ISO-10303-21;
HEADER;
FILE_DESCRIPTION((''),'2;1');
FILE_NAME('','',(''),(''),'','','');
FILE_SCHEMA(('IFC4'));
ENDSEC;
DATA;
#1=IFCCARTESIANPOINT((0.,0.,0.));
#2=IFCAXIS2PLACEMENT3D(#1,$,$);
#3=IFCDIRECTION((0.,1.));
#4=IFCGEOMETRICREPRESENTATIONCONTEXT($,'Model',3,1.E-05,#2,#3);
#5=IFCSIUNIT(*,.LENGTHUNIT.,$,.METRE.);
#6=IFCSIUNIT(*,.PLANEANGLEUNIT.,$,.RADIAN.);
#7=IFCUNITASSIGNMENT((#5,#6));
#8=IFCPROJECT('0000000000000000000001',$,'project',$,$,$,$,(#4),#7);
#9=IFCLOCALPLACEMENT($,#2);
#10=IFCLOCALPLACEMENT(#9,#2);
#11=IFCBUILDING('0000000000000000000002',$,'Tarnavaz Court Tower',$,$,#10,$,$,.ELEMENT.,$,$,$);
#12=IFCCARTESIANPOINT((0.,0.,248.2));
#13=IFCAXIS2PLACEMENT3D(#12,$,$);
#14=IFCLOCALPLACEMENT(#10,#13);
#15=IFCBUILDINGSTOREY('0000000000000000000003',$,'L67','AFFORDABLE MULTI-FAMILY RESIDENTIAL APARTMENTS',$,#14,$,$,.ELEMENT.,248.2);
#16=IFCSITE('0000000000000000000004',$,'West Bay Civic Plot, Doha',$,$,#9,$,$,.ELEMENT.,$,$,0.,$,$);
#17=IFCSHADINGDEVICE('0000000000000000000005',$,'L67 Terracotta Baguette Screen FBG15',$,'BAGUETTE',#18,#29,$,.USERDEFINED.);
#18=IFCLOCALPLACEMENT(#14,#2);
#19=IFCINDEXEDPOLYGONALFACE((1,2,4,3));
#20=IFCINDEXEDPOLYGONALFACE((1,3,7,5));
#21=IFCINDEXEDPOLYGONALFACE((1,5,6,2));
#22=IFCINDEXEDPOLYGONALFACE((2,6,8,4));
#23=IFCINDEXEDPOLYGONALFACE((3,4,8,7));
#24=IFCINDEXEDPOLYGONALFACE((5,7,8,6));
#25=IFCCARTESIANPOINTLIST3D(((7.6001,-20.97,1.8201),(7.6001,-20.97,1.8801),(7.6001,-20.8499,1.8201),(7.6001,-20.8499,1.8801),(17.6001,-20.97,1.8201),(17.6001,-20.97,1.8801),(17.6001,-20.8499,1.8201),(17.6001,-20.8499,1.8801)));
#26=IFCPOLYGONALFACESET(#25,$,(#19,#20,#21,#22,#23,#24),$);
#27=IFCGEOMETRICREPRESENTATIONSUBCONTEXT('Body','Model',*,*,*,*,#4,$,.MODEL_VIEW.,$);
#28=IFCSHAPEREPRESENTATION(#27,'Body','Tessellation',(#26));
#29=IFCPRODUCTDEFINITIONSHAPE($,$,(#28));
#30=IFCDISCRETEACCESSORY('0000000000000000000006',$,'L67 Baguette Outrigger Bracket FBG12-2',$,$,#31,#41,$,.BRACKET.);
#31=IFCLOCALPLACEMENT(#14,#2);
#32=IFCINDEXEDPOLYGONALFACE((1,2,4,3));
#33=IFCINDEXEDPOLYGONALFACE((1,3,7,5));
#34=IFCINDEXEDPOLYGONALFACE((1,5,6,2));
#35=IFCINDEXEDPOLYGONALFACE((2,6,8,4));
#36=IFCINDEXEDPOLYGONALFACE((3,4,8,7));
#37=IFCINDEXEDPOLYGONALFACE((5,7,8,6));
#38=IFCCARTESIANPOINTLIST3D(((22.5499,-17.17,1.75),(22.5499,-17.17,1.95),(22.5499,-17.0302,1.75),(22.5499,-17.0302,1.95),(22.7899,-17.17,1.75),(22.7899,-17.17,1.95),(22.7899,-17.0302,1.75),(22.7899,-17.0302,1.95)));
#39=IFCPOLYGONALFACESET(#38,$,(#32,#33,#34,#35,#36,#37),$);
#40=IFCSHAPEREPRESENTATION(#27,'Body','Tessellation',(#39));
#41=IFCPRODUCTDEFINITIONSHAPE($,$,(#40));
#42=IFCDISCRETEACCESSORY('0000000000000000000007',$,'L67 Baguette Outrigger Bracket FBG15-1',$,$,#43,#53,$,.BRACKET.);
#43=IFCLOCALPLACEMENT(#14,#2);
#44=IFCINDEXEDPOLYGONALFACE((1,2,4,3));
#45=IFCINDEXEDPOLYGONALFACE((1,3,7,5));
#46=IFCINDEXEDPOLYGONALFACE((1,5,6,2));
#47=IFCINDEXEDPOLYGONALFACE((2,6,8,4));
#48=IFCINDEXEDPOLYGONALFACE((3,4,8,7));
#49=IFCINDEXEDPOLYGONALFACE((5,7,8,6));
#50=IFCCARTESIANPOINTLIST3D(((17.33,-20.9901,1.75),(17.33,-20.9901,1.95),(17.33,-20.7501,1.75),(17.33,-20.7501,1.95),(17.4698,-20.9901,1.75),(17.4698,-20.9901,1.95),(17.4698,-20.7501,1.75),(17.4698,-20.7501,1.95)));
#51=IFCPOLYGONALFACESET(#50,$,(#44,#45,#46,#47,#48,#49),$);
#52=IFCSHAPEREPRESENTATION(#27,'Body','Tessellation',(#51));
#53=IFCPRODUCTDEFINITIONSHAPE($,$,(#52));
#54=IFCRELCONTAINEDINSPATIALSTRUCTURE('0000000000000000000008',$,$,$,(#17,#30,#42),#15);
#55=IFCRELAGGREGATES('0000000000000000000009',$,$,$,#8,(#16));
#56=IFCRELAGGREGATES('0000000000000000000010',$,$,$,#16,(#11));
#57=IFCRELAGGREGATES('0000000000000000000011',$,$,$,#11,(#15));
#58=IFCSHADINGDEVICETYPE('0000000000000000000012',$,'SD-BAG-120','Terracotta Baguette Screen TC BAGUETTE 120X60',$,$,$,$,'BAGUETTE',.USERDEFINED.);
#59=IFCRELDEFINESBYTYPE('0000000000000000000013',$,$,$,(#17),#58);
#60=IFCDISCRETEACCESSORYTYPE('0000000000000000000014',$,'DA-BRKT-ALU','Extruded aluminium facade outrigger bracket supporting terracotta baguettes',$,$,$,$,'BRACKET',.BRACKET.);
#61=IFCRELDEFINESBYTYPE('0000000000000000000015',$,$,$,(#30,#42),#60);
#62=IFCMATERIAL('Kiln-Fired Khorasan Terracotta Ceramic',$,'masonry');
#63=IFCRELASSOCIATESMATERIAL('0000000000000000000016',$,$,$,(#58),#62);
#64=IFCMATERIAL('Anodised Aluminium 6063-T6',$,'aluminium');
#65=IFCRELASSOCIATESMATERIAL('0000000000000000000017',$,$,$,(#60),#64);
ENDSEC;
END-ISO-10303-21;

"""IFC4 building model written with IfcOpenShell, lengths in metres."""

from ifc_helpers import new_model, si_unit, direction, frame, origin, origin_2d, place, context, subcontext, project, spatial, rectangle, extrude, material, material_profile, profile_set, type_object, element, save


model = new_model("IFC4")

# Units and contexts
model_context = context("Model", 3, precision=1e-05, world=origin(), true_north=direction((0.0, 1.0)))
body_context = subcontext(model_context, "Body", "Model", "MODEL_VIEW")
ifc_project = project(units=[si_unit("LENGTHUNIT", "METRE"), si_unit("PLANEANGLEUNIT", "RADIAN")], contexts=[model_context])

# Site, building, storey
site_placement = place(None, origin())
site = spatial("IfcSite", under=ifc_project, at=site_placement, Name="West Bay Civic Plot, Doha", CompositionType="ELEMENT", RefElevation=0.0)
building_placement = place(site_placement, origin())
building = spatial("IfcBuilding", under=site, at=building_placement, Name="Tarnavaz Court Tower", CompositionType="ELEMENT")
storey_placement = place(building_placement, frame((0.0, 0.0, 248.2)))
storey = spatial("IfcBuildingStorey", under=building, at=storey_placement, Name="L67", Description="AFFORDABLE MULTI-FAMILY RESIDENTIAL APARTMENTS", CompositionType="ELEMENT", Elevation=248.2)

# Shading device
ifc_material_1 = material(Name="Kiln-Fired Khorasan Terracotta Ceramic", Category="masonry")
ifc_material_profile_1 = material_profile(ifc_material_1, rectangle(XDim=0.1201, YDim=0.0601, at=origin_2d()), Name="TC BAGUETTE 120X60")
ifc_profile_set_1 = profile_set([ifc_material_profile_1], Name="Kiln-Fired Khorasan Terracotta Ceramic")
shading_device_type = type_object("IfcShadingDeviceType", Name="SD-BAG-120", Description="Terracotta Baguette Screen TC BAGUETTE 120X60", ElementType="BAGUETTE", PredefinedType="USERDEFINED", material=ifc_profile_set_1)
shading_device_placement = place(storey_placement, frame((17.6001, -20.9099, 1.8501), z_axis=(-1.0, 0.0, 0.0), x_axis=(0.0, -1.0, 0.0)))
element("IfcShadingDevice", 1, at=shading_device_placement, inside=storey, type_object=shading_device_type, Name="L67 Terracotta Baguette Screen FBG15", ObjectType="BAGUETTE", PredefinedType="USERDEFINED", context=body_context, shape_type="SweptSolid", body=[
    extrude(rectangle(XDim=0.1201, YDim=0.0601, at=origin_2d()), origin(), (0.0, 0.0, 1.0), 10.0),
])

# Discrete accessories
ifc_material_2 = material(Name="Anodised Aluminium 6063-T6", Category="aluminium")
discrete_accessory_type = type_object("IfcDiscreteAccessoryType", Name="DA-BRKT-ALU", Description="Extruded aluminium facade outrigger bracket supporting terracotta baguettes", ElementType="BRACKET", PredefinedType="BRACKET", material=ifc_material_2)
for number, where, z_axis, x_axis, name in (
    (2, (22.6699, -17.1001, 1.75), (0.0, 0.0, 1.0), (0.0, -1.0, 0.0), "L67 Baguette Outrigger Bracket FBG12-2"),
    (3, (17.3999, -20.8701, 1.75), (0.0, 0.0, 1.0), (-1.0, 0.0, 0.0), "L67 Baguette Outrigger Bracket FBG15-1"),
):
    element("IfcDiscreteAccessory", number, at=place(storey_placement, frame(where, z_axis=z_axis, x_axis=x_axis)), inside=storey, type_object=discrete_accessory_type, Name=name, PredefinedType="BRACKET", context=body_context, shape_type="SweptSolid", body=[
        extrude(rectangle(XDim=0.1399, YDim=0.24, at=origin_2d()), origin(), (0.0, 0.0, 1.0), 0.2),
    ])

save(model, "model.ifc")
